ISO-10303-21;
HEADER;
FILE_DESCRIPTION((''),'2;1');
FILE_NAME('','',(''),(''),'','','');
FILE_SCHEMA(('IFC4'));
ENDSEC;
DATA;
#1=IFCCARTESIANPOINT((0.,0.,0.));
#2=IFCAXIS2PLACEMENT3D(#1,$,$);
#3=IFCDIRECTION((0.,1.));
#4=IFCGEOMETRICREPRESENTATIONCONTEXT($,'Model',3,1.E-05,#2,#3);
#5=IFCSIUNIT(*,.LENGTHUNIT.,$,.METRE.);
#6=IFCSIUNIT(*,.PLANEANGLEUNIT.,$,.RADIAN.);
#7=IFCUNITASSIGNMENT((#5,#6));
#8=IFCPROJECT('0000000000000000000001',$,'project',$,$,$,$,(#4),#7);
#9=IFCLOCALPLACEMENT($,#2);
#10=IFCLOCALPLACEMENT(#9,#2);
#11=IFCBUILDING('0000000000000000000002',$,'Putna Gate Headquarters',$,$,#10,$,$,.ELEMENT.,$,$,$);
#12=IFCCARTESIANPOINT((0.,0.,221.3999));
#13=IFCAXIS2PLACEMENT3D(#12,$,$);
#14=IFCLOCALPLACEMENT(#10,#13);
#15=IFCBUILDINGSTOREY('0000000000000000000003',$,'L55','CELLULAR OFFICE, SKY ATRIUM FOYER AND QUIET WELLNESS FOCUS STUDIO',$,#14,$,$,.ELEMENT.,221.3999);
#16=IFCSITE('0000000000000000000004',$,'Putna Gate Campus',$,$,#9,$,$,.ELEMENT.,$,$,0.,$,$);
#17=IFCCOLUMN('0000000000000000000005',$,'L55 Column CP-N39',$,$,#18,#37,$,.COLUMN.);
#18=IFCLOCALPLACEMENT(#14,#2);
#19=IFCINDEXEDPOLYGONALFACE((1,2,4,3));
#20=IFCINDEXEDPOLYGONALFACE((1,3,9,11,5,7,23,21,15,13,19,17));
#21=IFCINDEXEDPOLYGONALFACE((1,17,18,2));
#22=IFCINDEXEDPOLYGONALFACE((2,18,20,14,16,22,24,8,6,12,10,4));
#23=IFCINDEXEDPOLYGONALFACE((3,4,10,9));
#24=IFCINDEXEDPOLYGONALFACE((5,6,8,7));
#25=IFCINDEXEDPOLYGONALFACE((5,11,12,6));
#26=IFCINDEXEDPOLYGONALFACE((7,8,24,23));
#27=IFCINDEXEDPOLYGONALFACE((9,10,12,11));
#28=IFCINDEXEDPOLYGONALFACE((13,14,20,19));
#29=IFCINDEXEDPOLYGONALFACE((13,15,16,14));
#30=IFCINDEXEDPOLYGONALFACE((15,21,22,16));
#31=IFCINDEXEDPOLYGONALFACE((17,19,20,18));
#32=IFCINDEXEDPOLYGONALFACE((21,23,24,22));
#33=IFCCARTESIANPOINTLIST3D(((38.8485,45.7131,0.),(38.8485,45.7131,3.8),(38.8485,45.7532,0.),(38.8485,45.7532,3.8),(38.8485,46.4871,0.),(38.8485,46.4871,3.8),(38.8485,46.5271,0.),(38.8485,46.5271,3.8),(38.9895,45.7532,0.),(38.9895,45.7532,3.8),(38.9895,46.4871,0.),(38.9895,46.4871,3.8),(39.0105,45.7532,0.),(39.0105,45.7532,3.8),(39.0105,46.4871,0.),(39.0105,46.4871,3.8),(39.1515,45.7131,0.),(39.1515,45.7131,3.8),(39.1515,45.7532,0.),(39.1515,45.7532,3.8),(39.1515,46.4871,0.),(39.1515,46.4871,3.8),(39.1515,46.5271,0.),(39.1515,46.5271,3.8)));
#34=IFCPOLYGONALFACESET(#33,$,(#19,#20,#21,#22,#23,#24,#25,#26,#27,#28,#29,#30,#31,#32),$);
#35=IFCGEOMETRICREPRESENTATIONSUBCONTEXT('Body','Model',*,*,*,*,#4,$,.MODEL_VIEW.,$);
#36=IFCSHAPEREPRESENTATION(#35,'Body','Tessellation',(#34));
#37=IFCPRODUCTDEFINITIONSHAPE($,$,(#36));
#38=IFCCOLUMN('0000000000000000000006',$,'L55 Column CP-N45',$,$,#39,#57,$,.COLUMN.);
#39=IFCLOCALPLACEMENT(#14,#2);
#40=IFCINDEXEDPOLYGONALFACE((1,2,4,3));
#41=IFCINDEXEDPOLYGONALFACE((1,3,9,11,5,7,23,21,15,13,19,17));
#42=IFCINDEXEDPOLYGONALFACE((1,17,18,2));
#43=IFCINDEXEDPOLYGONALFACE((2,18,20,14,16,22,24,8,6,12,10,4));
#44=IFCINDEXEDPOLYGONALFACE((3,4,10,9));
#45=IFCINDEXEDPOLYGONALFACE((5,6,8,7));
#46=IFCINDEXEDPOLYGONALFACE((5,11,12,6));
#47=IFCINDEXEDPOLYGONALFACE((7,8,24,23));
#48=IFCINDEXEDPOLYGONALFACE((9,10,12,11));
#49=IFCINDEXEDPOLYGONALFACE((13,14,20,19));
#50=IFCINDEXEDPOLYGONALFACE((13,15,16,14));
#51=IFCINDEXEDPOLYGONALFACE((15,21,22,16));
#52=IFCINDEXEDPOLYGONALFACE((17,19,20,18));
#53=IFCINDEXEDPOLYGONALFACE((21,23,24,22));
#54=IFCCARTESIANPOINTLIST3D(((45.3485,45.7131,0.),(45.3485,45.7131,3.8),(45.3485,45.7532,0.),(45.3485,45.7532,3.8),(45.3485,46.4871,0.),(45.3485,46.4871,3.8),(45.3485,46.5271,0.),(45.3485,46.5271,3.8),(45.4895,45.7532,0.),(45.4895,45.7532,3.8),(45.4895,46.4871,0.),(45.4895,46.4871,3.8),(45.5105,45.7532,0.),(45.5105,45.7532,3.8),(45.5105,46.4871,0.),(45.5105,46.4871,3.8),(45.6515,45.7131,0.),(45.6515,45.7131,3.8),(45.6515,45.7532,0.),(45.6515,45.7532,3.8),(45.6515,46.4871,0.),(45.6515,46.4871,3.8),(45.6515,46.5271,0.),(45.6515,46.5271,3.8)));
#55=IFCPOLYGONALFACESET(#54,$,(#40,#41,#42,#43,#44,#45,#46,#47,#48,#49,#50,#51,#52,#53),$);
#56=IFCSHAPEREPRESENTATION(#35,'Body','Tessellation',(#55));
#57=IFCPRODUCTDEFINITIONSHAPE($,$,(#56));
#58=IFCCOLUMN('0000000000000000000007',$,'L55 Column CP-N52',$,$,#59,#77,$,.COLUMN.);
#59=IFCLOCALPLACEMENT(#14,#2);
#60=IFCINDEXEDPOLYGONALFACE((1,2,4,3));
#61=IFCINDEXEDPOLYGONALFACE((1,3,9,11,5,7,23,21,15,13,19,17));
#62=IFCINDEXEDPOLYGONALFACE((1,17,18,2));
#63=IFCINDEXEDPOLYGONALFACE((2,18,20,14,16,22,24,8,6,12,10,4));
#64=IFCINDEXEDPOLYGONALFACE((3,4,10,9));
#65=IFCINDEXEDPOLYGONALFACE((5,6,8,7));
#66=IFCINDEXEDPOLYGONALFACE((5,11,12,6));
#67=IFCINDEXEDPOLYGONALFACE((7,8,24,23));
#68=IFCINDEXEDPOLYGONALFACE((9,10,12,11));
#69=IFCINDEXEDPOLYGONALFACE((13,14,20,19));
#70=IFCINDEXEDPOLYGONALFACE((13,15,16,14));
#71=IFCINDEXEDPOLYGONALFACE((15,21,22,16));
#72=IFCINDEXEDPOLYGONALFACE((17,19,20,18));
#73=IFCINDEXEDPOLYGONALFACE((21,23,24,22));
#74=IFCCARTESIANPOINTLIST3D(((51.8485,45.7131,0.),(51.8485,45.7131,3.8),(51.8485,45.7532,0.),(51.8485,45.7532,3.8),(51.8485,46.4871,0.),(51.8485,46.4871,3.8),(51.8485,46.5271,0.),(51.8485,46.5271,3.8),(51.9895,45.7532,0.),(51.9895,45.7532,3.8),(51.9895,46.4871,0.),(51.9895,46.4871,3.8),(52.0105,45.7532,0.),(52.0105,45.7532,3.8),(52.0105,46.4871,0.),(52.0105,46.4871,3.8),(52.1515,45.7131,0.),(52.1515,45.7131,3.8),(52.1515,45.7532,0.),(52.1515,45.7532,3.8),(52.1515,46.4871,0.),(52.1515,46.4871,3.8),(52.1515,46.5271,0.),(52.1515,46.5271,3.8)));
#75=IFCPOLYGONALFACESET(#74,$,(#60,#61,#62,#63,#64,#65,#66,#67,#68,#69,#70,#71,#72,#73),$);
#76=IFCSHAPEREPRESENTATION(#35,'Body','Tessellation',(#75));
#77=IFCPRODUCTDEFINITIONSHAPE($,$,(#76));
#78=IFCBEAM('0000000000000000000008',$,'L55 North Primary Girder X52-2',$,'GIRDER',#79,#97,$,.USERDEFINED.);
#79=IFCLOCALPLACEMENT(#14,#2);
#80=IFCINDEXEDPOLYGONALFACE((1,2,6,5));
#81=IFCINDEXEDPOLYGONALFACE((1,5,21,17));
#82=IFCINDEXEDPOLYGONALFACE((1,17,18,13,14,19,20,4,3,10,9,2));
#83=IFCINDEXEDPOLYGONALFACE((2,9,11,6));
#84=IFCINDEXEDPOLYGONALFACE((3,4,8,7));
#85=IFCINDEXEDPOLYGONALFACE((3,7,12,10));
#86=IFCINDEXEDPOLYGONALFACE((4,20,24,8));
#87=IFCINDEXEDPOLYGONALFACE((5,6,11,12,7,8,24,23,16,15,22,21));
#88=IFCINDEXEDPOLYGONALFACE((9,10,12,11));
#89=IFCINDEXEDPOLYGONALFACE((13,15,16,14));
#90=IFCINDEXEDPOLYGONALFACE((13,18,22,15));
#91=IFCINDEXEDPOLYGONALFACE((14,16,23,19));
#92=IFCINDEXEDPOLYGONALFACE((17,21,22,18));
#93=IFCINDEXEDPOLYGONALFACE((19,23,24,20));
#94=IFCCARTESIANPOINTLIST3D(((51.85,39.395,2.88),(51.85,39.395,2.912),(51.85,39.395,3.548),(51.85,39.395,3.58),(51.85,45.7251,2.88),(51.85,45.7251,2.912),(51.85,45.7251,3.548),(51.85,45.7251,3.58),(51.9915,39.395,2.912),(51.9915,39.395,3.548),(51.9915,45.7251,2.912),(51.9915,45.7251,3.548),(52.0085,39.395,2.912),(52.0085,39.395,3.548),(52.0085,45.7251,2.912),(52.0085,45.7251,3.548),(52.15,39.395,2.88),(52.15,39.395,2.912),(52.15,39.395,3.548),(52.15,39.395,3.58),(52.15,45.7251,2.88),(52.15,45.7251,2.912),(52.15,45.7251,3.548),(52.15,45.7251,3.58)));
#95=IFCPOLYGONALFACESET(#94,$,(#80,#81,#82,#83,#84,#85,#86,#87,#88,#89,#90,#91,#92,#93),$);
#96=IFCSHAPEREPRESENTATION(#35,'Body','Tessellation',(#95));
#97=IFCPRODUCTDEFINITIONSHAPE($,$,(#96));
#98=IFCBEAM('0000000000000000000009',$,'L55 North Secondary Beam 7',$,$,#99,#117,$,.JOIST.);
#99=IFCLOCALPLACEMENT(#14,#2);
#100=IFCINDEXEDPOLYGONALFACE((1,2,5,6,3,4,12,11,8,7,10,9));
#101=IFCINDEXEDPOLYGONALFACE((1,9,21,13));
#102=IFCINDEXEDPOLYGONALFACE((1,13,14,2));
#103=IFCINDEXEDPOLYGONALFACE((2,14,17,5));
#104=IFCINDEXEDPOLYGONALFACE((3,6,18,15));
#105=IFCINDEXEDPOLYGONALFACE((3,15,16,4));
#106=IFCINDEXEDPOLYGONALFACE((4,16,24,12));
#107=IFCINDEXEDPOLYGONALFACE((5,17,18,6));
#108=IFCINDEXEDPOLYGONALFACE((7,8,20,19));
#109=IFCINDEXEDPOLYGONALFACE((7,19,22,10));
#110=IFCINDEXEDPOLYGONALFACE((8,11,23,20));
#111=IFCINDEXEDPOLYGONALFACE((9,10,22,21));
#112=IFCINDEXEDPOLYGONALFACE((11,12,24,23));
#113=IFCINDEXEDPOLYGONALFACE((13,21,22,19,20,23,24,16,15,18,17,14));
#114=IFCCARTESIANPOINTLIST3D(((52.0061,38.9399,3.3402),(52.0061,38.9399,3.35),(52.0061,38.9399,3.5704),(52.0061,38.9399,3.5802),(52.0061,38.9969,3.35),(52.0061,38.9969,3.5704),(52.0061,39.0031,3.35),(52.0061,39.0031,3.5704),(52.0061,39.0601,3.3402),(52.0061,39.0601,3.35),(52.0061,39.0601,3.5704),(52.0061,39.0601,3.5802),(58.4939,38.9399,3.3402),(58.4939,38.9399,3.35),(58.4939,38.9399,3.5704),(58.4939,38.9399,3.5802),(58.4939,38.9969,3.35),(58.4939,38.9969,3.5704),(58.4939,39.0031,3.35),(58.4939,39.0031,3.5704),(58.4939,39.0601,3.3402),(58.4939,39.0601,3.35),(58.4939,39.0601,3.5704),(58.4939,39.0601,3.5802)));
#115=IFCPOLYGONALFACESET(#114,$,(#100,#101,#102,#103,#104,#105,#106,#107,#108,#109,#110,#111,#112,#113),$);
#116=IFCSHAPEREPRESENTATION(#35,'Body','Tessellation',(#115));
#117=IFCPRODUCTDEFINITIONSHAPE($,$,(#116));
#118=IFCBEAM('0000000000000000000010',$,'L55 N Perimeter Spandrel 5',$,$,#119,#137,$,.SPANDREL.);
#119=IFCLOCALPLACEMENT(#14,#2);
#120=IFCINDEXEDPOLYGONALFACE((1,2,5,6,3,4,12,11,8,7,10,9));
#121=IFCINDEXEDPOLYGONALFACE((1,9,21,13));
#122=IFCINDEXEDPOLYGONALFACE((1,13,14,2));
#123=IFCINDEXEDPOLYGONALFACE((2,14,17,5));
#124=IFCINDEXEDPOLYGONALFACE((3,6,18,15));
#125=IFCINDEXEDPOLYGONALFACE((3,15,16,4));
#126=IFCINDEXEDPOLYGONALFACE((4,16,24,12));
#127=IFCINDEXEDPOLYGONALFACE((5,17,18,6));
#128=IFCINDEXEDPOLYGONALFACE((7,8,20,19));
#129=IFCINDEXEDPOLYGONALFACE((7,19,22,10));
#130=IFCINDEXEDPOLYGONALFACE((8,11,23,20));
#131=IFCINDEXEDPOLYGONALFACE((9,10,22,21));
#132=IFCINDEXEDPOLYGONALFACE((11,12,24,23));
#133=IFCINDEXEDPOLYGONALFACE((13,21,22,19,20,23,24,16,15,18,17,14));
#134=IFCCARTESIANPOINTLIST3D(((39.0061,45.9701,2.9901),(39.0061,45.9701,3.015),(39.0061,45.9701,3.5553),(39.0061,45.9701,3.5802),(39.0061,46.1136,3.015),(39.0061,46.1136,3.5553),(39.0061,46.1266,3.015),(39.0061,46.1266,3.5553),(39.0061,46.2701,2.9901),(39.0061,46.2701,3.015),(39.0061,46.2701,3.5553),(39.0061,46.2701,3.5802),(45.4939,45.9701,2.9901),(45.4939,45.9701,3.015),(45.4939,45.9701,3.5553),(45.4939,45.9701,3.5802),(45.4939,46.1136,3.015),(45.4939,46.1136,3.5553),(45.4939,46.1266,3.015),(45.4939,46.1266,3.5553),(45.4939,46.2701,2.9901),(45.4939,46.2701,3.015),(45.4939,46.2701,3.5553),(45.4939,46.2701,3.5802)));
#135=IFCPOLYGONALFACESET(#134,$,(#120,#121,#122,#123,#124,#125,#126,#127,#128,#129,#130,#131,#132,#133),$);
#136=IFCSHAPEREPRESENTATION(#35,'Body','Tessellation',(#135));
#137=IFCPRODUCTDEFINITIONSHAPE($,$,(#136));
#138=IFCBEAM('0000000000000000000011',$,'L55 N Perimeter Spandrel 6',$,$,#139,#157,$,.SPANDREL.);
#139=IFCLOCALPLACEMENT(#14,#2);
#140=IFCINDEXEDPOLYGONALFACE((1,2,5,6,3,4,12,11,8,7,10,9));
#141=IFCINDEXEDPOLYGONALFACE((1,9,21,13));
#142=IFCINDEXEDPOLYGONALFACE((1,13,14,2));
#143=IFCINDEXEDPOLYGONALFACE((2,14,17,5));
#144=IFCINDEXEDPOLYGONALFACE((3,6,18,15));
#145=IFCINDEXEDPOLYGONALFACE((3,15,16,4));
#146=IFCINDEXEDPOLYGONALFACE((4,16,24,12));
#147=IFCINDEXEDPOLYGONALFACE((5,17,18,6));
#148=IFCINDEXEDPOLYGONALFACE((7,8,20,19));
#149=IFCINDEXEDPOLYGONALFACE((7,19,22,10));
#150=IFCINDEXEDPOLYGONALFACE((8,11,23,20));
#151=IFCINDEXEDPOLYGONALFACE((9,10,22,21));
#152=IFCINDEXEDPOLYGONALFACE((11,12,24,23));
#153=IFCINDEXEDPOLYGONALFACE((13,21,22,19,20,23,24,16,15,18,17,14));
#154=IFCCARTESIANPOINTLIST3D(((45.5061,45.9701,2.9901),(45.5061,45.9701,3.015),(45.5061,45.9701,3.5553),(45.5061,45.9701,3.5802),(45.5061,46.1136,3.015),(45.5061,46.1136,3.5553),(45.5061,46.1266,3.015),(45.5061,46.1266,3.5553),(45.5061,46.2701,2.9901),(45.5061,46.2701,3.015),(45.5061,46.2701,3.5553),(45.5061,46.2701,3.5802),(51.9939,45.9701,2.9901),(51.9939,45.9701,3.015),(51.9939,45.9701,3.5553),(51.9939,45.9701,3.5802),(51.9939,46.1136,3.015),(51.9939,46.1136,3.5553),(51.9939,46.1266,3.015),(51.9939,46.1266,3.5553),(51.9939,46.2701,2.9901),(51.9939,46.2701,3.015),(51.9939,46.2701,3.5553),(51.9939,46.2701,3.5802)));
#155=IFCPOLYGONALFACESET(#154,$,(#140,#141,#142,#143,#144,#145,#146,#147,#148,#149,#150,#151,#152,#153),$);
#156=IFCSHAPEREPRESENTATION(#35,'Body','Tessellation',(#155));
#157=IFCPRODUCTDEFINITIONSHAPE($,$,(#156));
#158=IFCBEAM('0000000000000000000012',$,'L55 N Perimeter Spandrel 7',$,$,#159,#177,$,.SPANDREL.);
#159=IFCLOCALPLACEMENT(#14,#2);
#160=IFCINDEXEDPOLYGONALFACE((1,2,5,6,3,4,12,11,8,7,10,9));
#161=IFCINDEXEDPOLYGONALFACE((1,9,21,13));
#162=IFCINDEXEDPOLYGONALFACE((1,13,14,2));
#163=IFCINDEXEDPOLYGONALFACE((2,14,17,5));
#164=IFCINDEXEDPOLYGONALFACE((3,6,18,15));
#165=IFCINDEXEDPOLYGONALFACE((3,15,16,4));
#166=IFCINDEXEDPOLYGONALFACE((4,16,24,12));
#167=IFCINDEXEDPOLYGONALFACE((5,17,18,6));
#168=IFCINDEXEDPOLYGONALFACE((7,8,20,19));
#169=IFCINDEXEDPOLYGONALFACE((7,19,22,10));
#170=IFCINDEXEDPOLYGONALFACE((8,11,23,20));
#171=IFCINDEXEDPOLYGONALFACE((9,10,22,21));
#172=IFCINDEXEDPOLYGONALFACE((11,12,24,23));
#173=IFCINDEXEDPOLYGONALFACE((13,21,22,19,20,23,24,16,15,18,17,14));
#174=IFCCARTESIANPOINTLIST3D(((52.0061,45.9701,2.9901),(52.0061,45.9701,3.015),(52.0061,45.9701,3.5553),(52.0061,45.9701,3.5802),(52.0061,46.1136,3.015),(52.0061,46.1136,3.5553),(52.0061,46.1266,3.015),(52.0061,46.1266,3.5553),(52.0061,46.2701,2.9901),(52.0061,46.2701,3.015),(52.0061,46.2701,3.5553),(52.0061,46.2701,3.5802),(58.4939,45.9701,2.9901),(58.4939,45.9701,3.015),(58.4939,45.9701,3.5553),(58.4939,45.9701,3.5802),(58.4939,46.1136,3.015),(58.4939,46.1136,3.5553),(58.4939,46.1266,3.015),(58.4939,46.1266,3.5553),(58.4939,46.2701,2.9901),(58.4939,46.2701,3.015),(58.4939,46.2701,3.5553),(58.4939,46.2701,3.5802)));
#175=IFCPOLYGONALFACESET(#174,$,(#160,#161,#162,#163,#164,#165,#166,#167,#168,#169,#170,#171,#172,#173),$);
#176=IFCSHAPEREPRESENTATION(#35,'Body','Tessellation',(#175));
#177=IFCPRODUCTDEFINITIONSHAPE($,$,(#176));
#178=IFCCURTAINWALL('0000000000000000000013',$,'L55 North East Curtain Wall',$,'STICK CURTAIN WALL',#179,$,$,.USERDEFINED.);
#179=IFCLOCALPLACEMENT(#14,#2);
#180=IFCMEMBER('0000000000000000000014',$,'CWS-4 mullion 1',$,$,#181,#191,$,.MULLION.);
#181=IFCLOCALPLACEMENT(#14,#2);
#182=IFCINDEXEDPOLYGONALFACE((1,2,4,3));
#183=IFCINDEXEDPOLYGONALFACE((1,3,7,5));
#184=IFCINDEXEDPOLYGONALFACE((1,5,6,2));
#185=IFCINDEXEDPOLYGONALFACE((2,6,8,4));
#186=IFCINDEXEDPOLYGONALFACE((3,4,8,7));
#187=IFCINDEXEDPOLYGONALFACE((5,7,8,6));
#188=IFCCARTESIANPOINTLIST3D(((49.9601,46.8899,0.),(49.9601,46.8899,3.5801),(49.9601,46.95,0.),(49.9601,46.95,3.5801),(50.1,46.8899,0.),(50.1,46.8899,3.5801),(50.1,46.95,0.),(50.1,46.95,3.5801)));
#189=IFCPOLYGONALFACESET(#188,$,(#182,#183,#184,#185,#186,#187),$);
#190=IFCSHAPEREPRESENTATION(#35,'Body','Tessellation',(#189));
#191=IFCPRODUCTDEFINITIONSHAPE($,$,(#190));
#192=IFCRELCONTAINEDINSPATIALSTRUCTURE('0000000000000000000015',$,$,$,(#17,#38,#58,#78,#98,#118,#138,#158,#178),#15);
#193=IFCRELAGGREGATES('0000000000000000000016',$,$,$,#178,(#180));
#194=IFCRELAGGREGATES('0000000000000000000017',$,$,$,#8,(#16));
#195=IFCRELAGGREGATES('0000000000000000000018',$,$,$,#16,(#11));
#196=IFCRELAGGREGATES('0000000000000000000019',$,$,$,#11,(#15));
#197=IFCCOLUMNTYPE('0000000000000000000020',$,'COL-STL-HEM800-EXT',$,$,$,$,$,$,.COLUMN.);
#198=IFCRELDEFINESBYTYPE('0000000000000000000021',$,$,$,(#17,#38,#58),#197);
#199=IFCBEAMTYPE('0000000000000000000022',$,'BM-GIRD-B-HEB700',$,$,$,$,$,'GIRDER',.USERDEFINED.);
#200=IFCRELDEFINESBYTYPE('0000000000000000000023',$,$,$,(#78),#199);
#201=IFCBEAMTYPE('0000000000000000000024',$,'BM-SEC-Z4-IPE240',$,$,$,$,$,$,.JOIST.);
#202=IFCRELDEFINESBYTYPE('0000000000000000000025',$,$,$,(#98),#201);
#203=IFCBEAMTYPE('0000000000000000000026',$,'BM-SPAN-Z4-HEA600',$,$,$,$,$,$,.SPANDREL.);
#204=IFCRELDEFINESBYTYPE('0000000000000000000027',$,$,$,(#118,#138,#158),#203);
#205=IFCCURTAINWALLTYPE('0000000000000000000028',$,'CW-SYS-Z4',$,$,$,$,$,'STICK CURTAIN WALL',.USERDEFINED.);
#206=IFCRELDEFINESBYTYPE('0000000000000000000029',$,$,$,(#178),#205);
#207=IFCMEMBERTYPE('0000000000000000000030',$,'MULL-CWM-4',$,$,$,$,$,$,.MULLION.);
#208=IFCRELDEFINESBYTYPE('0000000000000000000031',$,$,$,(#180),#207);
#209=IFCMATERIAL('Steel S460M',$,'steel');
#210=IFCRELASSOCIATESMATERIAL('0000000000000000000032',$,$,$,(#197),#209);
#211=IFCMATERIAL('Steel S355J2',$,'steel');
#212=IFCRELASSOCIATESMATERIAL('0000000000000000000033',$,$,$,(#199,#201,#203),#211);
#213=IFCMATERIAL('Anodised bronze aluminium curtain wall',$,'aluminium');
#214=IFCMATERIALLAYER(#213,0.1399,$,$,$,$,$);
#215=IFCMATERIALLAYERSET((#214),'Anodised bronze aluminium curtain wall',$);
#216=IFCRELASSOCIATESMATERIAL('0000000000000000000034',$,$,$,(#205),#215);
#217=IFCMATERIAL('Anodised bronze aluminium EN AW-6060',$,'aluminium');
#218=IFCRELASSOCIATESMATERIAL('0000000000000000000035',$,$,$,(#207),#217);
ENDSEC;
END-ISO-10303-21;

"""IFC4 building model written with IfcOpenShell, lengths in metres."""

from ifc_helpers import new_model, si_unit, direction, frame, origin, origin_2d, place, context, subcontext, project, spatial, rectangle, i_section, extrude, material, layer, layer_set, material_profile, profile_set, type_object, element, aggregate, save


model = new_model("IFC4")

# Units and contexts
model_context = context("Model", 3, precision=1e-05, world=origin(), true_north=direction((0.0, 1.0)))
body_context = subcontext(model_context, "Body", "Model", "MODEL_VIEW")
ifc_project = project(units=[si_unit("LENGTHUNIT", "METRE"), si_unit("PLANEANGLEUNIT", "RADIAN")], contexts=[model_context])

# Site, building, storey
site_placement = place(None, origin())
site = spatial("IfcSite", under=ifc_project, at=site_placement, Name="Putna Gate Campus", CompositionType="ELEMENT", RefElevation=0.0)
building_placement = place(site_placement, origin())
building = spatial("IfcBuilding", under=site, at=building_placement, Name="Putna Gate Headquarters", CompositionType="ELEMENT")
storey_placement = place(building_placement, frame((0.0, 0.0, 221.3999)))
storey = spatial("IfcBuildingStorey", under=building, at=storey_placement, Name="L55", Description="CELLULAR OFFICE, SKY ATRIUM FOYER AND QUIET WELLNESS FOCUS STUDIO", CompositionType="ELEMENT", Elevation=221.3999)

# Columns
ifc_material_1 = material(Name="Steel S460M", Category="steel")
ifc_material_profile_1 = material_profile(ifc_material_1, i_section(OverallWidth=0.303, OverallDepth=0.814, WebThickness=0.021, FlangeThickness=0.04, at=origin_2d()), Name="Steel S460M")
ifc_profile_set_1 = profile_set([ifc_material_profile_1], Name="Steel S460M")
column_type = type_object("IfcColumnType", Name="COL-STL-HEM800-EXT", PredefinedType="COLUMN", material=ifc_profile_set_1)
for number, where, z_axis, x_axis, name in (
    (1, (39.0, 46.1201, 0.0), (0.0, 0.0, 1.0), (1.0, 0.0, 0.0), "L55 Column CP-N39"),
    (2, (45.5, 46.1201, 0.0), (0.0, 0.0, 1.0), (1.0, 0.0, 0.0), "L55 Column CP-N45"),
    (3, (52.0, 46.1201, 0.0), (0.0, 0.0, 1.0), (1.0, 0.0, 0.0), "L55 Column CP-N52"),
):
    element("IfcColumn", number, at=place(storey_placement, frame(where, z_axis=z_axis, x_axis=x_axis)), inside=storey, type_object=column_type, Name=name, PredefinedType="COLUMN", context=body_context, shape_type="SweptSolid", body=[
        extrude(i_section(OverallWidth=0.303, OverallDepth=0.814, WebThickness=0.021, FlangeThickness=0.04, at=origin_2d()), origin(), (0.0, 0.0, 1.0), 3.8),
    ])

# Beams
ifc_material_2 = material(Name="Steel S355J2", Category="steel")
ifc_material_profile_2 = material_profile(ifc_material_2, i_section(OverallWidth=0.3, OverallDepth=0.7, WebThickness=0.0171, FlangeThickness=0.032, at=origin_2d()), Name="Steel S355J2")
ifc_profile_set_2 = profile_set([ifc_material_profile_2], Name="Steel S355J2")
beam_type_1 = type_object("IfcBeamType", Name="BM-GIRD-B-HEB700", ElementType="GIRDER", PredefinedType="USERDEFINED", material=ifc_profile_set_2)
beam_1_placement = place(storey_placement, frame((52.0, 39.395, 3.23), z_axis=(0.0, 1.0, 0.0), x_axis=(-1.0, 0.0, 0.0)))
element("IfcBeam", 4, at=beam_1_placement, inside=storey, type_object=beam_type_1, Name="L55 North Primary Girder X52-2", ObjectType="GIRDER", PredefinedType="USERDEFINED", context=body_context, shape_type="SweptSolid", body=[
    extrude(i_section(OverallWidth=0.3, OverallDepth=0.7, WebThickness=0.0171, FlangeThickness=0.032, at=origin_2d()), origin(), (0.0, 0.0, 1.0), 6.3301),
])
ifc_material_profile_3 = material_profile(ifc_material_2, i_section(OverallWidth=0.1201, OverallDepth=0.24, WebThickness=0.0061, FlangeThickness=0.0098, at=origin_2d()), Name="Steel S355J2")
ifc_profile_set_3 = profile_set([ifc_material_profile_3], Name="Steel S355J2")
beam_type_2 = type_object("IfcBeamType", Name="BM-SEC-Z4-IPE240", PredefinedType="JOIST", material=ifc_profile_set_3)
beam_2_placement = place(storey_placement, frame((52.0061, 39.0, 3.4602), z_axis=(1.0, 0.0, 0.0), x_axis=(0.0, 1.0, 0.0)))
element("IfcBeam", 5, at=beam_2_placement, inside=storey, type_object=beam_type_2, Name="L55 North Secondary Beam 7", PredefinedType="JOIST", context=body_context, shape_type="SweptSolid", body=[
    extrude(i_section(OverallWidth=0.1201, OverallDepth=0.24, WebThickness=0.0061, FlangeThickness=0.0098, at=origin_2d()), origin(), (0.0, 0.0, 1.0), 6.4878),
])
ifc_material_profile_4 = material_profile(ifc_material_2, i_section(OverallWidth=0.3, OverallDepth=0.5901, WebThickness=0.0129, FlangeThickness=0.0249, at=origin_2d()), Name="Steel S355J2")
ifc_profile_set_4 = profile_set([ifc_material_profile_4], Name="Steel S355J2")
beam_type_3 = type_object("IfcBeamType", Name="BM-SPAN-Z4-HEA600", PredefinedType="SPANDREL", material=ifc_profile_set_4)
for number, where, z_axis, x_axis, name in (
    (6, (39.0061, 46.1201, 3.2852), (1.0, 0.0, 0.0), (0.0, 1.0, 0.0), "L55 N Perimeter Spandrel 5"),
    (7, (45.5061, 46.1201, 3.2852), (1.0, 0.0, 0.0), (0.0, 1.0, 0.0), "L55 N Perimeter Spandrel 6"),
    (8, (52.0061, 46.1201, 3.2852), (1.0, 0.0, 0.0), (0.0, 1.0, 0.0), "L55 N Perimeter Spandrel 7"),
):
    element("IfcBeam", number, at=place(storey_placement, frame(where, z_axis=z_axis, x_axis=x_axis)), inside=storey, type_object=beam_type_3, Name=name, PredefinedType="SPANDREL", context=body_context, shape_type="SweptSolid", body=[
        extrude(i_section(OverallWidth=0.3, OverallDepth=0.5901, WebThickness=0.0129, FlangeThickness=0.0249, at=origin_2d()), origin(), (0.0, 0.0, 1.0), 6.4878),
    ])

# Curtain wall, member
ifc_material_3 = material(Name="Anodised bronze aluminium curtain wall", Category="aluminium")
ifc_layer_1 = layer(ifc_material_3, 0.1399)
ifc_layer_set_1 = layer_set([ifc_layer_1], Name="Anodised bronze aluminium curtain wall")
curtain_wall_type_1 = type_object("IfcCurtainWallType", Name="CW-SYS-Z4", ElementType="STICK CURTAIN WALL", PredefinedType="USERDEFINED", material=ifc_layer_set_1)
curtain_wall_1_placement = place(storey_placement, origin())
curtain_wall_1 = element("IfcCurtainWall", 9, at=curtain_wall_1_placement, inside=storey, type_object=curtain_wall_type_1, Name="L55 North East Curtain Wall", ObjectType="STICK CURTAIN WALL", PredefinedType="USERDEFINED")
ifc_material_4 = material(Name="Anodised bronze aluminium EN AW-6060", Category="aluminium")
ifc_material_profile_5 = material_profile(ifc_material_4, rectangle(XDim=0.0601, YDim=0.1399, at=origin_2d()), Name="Anodised bronze aluminium EN AW-6060")
ifc_profile_set_5 = profile_set([ifc_material_profile_5], Name="Anodised bronze aluminium EN AW-6060")
member_type_1 = type_object("IfcMemberType", Name="MULL-CWM-4", PredefinedType="MULLION", material=ifc_profile_set_5)
member_1_placement = place(storey_placement, frame((50.03, 46.9199, 0.0), z_axis=(0.0, 0.0, 1.0), x_axis=(0.0, 1.0, 0.0)))
member_1 = element("IfcMember", 10, at=member_1_placement, type_object=member_type_1, Name="CWS-4 mullion 1", PredefinedType="MULLION", context=body_context, shape_type="SweptSolid", body=[
    extrude(rectangle(XDim=0.0601, YDim=0.1399, at=origin_2d()), origin(), (0.0, 0.0, 1.0), 3.5801),
])

aggregate(curtain_wall_1, [member_1])

save(model, "model.ifc")
